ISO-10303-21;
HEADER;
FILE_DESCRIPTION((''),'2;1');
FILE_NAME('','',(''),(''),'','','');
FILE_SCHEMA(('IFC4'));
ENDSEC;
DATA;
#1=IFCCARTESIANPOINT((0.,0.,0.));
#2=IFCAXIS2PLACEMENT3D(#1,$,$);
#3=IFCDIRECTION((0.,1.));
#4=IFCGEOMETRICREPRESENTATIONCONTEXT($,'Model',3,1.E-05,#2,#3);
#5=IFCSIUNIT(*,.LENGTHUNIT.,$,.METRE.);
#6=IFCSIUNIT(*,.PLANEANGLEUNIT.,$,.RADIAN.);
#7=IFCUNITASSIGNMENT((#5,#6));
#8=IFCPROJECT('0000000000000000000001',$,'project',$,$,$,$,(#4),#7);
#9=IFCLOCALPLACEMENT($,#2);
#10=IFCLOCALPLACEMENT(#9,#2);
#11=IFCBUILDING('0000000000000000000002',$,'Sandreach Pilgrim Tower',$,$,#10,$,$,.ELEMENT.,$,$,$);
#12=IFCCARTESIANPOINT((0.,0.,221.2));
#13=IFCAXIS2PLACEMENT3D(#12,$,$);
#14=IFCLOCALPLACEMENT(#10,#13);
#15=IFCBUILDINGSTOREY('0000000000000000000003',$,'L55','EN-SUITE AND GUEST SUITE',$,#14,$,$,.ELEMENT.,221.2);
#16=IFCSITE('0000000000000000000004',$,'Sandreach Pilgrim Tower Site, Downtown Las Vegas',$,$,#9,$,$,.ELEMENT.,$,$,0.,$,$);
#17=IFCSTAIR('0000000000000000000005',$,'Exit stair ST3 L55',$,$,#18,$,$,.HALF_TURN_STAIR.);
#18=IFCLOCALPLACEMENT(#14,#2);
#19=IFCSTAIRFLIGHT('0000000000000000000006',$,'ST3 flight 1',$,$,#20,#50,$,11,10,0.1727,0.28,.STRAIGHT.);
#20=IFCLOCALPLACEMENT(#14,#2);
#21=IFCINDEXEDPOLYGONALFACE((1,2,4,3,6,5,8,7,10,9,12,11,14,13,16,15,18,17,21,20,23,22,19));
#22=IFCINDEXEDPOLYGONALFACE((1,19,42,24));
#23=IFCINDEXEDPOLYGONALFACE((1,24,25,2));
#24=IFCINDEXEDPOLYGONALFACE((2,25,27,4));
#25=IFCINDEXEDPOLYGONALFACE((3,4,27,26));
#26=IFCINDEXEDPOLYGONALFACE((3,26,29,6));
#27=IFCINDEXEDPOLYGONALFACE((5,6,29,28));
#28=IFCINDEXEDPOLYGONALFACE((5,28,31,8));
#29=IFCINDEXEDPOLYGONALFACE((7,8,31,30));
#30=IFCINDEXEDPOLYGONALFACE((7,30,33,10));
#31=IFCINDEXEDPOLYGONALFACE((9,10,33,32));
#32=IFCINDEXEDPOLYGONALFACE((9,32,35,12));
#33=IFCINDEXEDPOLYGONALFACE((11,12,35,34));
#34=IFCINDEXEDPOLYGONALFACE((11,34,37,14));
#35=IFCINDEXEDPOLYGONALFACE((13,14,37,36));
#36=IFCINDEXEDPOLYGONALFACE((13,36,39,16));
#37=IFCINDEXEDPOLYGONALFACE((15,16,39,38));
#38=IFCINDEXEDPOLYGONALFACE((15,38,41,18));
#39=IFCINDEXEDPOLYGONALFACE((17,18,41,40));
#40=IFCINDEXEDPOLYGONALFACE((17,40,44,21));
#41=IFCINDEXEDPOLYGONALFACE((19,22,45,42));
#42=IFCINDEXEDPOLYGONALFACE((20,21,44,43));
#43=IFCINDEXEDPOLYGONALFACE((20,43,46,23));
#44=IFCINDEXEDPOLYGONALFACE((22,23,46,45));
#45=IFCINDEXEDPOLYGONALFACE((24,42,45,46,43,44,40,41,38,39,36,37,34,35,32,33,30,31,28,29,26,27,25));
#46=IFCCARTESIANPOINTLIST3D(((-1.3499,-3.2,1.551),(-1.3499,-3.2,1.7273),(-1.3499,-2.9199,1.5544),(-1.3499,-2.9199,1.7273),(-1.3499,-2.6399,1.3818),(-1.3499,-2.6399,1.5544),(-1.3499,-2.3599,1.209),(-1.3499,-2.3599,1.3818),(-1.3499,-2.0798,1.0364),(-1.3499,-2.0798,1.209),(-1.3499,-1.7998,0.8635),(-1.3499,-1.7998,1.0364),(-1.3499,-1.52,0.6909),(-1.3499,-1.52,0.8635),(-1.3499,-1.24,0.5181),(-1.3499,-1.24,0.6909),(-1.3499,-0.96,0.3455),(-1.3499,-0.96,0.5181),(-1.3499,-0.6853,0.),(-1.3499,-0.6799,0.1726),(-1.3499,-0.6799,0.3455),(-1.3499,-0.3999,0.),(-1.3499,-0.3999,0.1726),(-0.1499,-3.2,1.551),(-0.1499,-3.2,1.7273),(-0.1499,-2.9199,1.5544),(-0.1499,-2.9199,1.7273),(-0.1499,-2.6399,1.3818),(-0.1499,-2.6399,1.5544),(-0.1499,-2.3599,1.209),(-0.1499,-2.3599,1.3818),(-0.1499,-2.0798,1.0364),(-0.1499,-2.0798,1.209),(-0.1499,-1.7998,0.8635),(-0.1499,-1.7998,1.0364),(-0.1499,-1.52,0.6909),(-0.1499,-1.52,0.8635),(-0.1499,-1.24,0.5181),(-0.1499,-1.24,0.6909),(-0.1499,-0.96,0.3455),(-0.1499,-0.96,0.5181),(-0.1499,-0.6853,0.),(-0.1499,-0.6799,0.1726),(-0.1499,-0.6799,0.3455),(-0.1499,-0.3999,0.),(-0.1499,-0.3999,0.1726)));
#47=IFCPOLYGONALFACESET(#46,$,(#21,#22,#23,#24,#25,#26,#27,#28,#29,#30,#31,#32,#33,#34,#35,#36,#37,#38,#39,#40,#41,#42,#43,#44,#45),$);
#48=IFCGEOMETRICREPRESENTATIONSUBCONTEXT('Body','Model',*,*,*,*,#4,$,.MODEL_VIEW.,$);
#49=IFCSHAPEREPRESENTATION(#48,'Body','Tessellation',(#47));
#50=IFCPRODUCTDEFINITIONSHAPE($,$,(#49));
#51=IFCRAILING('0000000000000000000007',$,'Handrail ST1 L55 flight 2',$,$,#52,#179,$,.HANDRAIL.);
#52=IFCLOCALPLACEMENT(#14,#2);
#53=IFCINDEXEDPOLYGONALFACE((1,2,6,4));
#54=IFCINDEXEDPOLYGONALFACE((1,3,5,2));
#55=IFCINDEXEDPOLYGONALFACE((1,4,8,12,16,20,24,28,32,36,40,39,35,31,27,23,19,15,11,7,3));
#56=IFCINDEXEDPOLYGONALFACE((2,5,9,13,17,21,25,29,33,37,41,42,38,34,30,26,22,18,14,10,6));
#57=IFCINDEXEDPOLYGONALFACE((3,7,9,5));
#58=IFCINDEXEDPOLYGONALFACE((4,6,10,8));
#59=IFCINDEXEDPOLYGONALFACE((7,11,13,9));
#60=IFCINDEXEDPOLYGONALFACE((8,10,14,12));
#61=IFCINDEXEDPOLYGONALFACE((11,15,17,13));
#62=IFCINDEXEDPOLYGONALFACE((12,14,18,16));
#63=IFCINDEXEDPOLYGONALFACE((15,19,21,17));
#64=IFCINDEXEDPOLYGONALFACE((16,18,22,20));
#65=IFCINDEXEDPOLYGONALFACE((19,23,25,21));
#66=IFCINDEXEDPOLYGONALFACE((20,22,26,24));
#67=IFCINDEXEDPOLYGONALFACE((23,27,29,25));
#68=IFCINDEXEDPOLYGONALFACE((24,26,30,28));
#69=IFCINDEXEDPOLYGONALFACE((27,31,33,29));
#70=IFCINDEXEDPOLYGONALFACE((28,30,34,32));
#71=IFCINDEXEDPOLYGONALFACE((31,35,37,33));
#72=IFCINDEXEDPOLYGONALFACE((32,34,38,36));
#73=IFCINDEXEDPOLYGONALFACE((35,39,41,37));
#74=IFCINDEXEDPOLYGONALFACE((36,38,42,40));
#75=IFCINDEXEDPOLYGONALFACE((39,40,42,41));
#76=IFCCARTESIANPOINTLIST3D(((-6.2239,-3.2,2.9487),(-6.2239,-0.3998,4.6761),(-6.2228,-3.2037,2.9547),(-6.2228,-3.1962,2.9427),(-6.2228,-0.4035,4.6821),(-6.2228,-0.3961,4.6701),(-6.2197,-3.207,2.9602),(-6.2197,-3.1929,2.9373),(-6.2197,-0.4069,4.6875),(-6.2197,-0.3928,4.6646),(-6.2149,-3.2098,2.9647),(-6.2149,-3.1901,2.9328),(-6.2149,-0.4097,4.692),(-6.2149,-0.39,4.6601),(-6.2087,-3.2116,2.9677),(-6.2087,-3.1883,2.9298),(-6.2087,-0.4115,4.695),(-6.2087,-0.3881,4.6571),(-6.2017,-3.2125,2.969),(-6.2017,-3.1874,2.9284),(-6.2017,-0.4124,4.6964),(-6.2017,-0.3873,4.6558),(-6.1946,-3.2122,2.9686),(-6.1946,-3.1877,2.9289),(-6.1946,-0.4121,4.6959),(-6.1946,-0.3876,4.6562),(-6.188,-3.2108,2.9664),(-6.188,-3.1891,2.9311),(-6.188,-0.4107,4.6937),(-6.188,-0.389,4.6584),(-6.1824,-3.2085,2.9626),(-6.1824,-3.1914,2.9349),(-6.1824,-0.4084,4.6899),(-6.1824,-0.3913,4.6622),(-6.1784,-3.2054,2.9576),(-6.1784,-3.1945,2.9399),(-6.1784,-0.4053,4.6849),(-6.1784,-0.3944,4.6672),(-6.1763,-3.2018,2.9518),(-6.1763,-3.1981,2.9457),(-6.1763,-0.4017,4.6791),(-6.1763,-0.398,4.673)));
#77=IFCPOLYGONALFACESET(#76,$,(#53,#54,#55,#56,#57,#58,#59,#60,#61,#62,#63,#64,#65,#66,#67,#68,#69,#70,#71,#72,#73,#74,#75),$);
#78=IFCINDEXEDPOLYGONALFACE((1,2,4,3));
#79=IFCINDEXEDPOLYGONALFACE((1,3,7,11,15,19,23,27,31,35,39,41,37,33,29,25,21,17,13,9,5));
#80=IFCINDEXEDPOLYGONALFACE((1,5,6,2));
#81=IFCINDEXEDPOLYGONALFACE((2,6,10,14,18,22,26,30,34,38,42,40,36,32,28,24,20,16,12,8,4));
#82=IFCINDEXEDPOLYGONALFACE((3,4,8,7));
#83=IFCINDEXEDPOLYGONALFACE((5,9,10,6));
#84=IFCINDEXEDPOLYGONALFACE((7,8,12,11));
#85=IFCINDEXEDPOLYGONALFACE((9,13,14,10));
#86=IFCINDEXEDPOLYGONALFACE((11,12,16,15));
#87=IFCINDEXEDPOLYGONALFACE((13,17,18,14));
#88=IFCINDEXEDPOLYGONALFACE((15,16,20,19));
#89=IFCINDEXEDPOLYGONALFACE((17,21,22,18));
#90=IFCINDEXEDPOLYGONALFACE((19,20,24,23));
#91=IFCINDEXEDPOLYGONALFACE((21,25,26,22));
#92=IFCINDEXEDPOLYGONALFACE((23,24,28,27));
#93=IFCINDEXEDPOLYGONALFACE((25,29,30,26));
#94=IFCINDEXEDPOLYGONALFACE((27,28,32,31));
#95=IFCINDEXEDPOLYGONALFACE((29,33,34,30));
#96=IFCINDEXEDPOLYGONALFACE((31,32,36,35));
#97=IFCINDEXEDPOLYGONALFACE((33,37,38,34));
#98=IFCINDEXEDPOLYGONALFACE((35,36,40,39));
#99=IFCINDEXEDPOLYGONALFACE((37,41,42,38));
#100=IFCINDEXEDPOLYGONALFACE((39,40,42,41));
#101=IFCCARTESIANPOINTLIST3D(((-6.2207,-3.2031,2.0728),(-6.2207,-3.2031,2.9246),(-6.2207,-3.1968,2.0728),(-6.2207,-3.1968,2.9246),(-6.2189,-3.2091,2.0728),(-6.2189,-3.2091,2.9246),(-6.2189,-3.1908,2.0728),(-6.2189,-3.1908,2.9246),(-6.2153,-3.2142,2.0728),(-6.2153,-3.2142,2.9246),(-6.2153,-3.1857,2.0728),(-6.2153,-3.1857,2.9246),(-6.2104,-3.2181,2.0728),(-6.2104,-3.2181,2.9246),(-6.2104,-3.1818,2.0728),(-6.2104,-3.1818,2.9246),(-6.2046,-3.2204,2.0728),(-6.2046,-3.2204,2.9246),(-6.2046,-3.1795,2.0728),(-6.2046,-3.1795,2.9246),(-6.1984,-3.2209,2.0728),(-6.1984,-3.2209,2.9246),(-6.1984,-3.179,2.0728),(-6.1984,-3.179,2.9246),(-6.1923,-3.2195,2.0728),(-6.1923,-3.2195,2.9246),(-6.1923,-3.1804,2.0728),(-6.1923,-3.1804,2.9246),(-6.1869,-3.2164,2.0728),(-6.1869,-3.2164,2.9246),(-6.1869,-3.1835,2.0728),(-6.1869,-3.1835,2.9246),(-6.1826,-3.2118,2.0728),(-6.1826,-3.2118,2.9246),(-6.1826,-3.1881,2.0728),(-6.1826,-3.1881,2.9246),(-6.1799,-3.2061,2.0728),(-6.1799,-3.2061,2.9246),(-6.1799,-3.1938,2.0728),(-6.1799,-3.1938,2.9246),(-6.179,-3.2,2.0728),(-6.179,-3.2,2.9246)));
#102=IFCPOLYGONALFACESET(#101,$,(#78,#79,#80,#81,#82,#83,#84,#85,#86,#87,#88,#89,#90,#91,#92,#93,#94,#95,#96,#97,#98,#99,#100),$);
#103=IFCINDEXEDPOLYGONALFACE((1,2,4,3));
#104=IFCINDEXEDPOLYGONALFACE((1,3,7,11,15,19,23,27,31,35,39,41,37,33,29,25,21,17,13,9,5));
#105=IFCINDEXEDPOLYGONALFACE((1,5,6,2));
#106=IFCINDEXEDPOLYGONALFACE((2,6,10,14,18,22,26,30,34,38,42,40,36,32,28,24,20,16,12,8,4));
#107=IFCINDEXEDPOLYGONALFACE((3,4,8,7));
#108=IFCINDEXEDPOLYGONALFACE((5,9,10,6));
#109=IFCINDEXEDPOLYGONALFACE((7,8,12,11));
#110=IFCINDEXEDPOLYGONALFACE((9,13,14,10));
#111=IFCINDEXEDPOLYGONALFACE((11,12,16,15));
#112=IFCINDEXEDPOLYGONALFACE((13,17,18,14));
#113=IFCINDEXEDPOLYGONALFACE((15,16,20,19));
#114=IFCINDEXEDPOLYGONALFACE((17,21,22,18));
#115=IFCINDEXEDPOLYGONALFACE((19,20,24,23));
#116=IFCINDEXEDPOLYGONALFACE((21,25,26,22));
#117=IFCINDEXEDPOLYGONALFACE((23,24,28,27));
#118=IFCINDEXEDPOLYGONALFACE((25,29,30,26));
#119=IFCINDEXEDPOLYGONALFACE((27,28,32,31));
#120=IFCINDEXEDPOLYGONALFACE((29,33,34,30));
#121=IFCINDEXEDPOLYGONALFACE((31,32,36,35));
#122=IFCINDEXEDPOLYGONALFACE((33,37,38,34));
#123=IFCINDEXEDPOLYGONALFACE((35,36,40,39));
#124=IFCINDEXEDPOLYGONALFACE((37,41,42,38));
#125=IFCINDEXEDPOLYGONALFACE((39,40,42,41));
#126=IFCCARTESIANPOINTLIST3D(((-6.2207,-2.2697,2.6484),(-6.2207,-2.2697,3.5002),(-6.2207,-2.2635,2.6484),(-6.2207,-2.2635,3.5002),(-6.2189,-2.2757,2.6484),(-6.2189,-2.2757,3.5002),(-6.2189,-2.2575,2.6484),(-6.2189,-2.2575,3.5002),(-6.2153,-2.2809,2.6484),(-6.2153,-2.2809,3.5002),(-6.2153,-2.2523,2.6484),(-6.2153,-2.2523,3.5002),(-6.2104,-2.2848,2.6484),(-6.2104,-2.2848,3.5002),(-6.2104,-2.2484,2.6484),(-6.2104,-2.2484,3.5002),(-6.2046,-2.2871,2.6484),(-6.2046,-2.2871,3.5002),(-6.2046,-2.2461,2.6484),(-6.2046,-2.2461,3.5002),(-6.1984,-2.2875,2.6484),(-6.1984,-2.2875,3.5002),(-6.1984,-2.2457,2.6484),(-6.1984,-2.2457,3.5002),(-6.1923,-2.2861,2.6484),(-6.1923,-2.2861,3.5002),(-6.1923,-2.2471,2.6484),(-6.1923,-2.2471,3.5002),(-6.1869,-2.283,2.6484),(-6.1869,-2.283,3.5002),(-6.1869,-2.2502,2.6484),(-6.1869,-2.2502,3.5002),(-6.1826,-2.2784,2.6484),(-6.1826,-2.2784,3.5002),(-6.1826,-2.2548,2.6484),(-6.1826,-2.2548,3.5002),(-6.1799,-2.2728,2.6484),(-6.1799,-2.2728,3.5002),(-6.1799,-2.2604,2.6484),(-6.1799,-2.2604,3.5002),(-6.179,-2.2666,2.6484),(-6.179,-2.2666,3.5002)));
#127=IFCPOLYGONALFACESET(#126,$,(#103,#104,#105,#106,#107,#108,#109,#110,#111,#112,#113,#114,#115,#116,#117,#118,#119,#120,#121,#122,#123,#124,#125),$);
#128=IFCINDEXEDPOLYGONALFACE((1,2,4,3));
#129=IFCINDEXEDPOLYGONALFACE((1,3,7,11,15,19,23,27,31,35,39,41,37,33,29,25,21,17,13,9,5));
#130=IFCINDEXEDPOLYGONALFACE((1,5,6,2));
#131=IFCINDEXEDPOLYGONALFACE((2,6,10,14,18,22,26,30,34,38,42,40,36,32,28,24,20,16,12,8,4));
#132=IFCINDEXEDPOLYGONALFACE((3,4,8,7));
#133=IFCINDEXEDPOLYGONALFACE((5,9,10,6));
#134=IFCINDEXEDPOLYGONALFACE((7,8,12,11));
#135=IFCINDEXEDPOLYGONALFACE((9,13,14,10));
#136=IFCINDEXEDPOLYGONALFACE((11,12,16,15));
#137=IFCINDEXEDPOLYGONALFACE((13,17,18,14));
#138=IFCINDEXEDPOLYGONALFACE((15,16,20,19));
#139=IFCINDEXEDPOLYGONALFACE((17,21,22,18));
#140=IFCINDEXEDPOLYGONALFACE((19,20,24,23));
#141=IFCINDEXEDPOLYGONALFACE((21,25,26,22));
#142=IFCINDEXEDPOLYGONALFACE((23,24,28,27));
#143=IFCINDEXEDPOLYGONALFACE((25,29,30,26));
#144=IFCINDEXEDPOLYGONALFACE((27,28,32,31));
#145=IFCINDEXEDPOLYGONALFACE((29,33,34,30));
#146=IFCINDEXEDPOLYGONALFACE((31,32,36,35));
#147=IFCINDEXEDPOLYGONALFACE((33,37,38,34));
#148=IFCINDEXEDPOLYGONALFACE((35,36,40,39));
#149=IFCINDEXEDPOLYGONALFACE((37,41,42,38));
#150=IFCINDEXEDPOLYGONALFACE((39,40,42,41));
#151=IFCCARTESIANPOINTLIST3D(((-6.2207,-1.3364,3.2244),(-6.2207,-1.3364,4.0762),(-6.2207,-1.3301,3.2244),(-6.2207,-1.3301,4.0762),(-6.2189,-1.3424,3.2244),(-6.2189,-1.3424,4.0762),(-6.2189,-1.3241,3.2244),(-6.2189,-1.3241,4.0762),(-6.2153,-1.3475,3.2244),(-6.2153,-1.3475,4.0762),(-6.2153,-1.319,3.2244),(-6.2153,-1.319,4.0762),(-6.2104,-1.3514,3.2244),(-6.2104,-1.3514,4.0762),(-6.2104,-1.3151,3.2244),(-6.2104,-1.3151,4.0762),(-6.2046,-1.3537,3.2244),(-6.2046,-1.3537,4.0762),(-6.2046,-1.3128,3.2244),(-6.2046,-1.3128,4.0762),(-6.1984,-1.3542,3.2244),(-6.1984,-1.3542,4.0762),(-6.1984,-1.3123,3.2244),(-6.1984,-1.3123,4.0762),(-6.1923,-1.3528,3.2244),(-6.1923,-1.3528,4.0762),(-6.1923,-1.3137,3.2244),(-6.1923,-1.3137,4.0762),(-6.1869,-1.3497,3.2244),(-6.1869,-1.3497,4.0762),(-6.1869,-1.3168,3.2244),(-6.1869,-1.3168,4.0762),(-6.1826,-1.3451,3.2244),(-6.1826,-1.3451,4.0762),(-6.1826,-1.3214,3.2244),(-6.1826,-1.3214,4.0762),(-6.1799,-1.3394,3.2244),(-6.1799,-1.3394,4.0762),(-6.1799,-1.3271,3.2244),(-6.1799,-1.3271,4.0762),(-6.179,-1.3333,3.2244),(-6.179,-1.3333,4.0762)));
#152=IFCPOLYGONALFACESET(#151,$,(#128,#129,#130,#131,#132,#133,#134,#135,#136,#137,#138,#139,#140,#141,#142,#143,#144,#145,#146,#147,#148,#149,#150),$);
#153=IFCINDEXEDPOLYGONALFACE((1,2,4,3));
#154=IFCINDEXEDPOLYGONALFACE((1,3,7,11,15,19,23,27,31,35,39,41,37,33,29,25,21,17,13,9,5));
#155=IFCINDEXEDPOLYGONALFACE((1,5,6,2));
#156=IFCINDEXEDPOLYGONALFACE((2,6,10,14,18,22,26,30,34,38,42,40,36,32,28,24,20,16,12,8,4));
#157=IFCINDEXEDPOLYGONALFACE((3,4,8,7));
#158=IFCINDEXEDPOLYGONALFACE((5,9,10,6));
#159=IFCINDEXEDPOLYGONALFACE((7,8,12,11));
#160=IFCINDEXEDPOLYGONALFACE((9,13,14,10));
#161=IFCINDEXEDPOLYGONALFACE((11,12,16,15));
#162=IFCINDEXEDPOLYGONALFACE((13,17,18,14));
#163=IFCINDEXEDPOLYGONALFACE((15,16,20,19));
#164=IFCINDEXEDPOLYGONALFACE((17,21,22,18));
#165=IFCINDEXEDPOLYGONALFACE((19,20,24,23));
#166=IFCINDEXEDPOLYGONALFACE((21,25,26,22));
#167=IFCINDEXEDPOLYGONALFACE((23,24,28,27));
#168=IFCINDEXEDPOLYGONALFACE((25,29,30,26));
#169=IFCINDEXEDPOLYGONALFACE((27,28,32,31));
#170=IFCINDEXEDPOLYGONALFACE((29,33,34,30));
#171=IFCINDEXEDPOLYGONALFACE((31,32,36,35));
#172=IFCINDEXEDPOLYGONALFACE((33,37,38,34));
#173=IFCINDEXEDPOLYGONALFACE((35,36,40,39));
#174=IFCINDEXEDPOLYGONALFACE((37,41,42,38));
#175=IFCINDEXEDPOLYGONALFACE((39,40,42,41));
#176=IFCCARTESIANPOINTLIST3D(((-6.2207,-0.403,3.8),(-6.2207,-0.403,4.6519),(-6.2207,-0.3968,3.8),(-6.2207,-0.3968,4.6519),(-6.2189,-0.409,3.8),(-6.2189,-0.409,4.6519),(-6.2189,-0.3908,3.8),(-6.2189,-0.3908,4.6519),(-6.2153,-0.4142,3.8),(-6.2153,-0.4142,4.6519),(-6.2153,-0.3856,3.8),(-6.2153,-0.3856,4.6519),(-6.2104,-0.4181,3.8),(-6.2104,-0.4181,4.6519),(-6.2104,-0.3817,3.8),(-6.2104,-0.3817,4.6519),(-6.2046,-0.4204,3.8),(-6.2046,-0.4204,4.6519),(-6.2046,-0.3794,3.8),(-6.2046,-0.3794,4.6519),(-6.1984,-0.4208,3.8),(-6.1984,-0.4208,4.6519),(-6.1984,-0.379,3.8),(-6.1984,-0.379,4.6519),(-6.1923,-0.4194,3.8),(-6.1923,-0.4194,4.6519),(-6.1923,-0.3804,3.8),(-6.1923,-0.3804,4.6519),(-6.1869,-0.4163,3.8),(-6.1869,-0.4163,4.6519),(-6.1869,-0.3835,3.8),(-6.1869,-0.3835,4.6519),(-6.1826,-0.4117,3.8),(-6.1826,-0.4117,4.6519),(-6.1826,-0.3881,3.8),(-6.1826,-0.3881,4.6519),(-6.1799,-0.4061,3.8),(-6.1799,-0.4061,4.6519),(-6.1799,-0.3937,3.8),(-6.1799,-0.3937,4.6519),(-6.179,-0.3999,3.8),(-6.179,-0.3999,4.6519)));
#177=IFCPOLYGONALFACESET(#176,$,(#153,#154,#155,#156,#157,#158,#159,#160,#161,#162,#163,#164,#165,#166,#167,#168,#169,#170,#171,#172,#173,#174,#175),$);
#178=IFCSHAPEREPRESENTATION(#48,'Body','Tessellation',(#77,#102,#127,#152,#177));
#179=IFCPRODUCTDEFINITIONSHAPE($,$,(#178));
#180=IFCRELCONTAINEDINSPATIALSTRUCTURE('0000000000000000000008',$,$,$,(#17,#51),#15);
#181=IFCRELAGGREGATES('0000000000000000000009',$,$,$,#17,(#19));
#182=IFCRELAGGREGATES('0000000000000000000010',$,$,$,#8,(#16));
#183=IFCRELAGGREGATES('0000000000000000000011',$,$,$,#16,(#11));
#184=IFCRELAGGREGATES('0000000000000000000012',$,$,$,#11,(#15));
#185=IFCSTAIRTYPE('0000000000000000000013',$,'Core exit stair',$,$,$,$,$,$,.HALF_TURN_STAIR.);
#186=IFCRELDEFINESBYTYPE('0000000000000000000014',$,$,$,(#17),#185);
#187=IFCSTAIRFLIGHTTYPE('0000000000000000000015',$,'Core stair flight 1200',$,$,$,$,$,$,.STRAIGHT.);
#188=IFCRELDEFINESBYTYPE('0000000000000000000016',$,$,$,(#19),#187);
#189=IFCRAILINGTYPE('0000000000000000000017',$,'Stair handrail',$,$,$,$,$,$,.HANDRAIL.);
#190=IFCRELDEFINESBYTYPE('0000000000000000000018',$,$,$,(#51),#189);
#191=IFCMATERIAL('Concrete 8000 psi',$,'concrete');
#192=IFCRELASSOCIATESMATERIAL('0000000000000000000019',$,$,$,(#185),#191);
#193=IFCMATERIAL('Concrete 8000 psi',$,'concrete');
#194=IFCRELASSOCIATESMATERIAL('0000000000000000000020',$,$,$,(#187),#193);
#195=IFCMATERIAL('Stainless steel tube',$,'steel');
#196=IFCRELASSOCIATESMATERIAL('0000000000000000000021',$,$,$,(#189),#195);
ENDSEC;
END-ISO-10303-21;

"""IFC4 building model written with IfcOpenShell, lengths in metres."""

from ifc_helpers import new_model, si_unit, direction, frame, origin, origin_2d, place, context, subcontext, project, spatial, polyline, circle, outline, extrude, material, type_object, element, aggregate, save


model = new_model("IFC4")

# Units and contexts
model_context = context("Model", 3, precision=1e-05, world=origin(), true_north=direction((0.0, 1.0)))
body_context = subcontext(model_context, "Body", "Model", "MODEL_VIEW")
ifc_project = project(units=[si_unit("LENGTHUNIT", "METRE"), si_unit("PLANEANGLEUNIT", "RADIAN")], contexts=[model_context])

# Site, building, storey
site_placement = place(None, origin())
site = spatial("IfcSite", under=ifc_project, at=site_placement, Name="Sandreach Pilgrim Tower Site, Downtown Las Vegas", CompositionType="ELEMENT", RefElevation=0.0)
building_placement = place(site_placement, origin())
building = spatial("IfcBuilding", under=site, at=building_placement, Name="Sandreach Pilgrim Tower", CompositionType="ELEMENT")
storey_placement = place(building_placement, frame((0.0, 0.0, 221.2)))
storey = spatial("IfcBuildingStorey", under=building, at=storey_placement, Name="L55", Description="EN-SUITE AND GUEST SUITE", CompositionType="ELEMENT", Elevation=221.2)

# Stair, stair flight
ifc_material_1 = material(Name="Concrete 8000 psi", Category="concrete")
stair_type = type_object("IfcStairType", Name="Core exit stair", PredefinedType="HALF_TURN_STAIR", material=ifc_material_1)
ifc_material_2 = material(Name="Concrete 8000 psi", Category="concrete")
stair_flight_type = type_object("IfcStairFlightType", Name="Core stair flight 1200", PredefinedType="STRAIGHT", material=ifc_material_2)
stair_1_placement = place(storey_placement, origin())
stair_1 = element("IfcStair", 1, at=stair_1_placement, inside=storey, type_object=stair_type, Name="Exit stair ST3 L55", PredefinedType="HALF_TURN_STAIR")
stair_flight_1_placement = place(storey_placement, frame((-0.75, -0.3999, 0.0), z_axis=(0.0, 0.0, 1.0), x_axis=(0.0, -1.0, 0.0)))
stair_flight_1 = element("IfcStairFlight", 2, at=stair_flight_1_placement, type_object=stair_flight_type, Name="ST3 flight 1", NumberOfRisers=11, NumberOfTreads=10, PredefinedType="STRAIGHT", RiserHeight=0.1727, TreadLength=0.28, context=body_context, shape_type="SweptSolid", body=[
    extrude(outline(polyline([(0.0, 0.0), (0.0, 0.1726), (0.28, 0.1726), (0.28, 0.3455), (0.5601, 0.3455), (0.5601, 0.5181), (0.8401, 0.5181), (0.8401, 0.6909), (1.1201, 0.6909), (1.1201, 0.8635), (1.3999, 0.8635), (1.3999, 1.0364), (1.6799, 1.0364), (1.6799, 1.209), (1.96, 1.209), (1.96, 1.3818), (2.24, 1.3818), (2.24, 1.5544), (2.52, 1.5544), (2.52, 1.7273), (2.8, 1.7273), (2.8, 1.8999), (2.8, 1.551), (0.2854, 0.0), (0.0, 0.0)])), frame((0.0, 0.6001, 0.0), z_axis=(0.0, -1.0, 0.0), x_axis=(1.0, 0.0, 0.0)), (0.0, 0.0, 1.0), 1.2),
])
aggregate(stair_1, [stair_flight_1])

# Railing
ifc_material_3 = material(Name="Stainless steel tube", Category="steel")
railing_type = type_object("IfcRailingType", Name="Stair handrail", PredefinedType="HANDRAIL", material=ifc_material_3)
for number, where, name in (
    (3, (-6.2, -3.2, 2.0728), "Handrail ST1 L55 flight 2"),
):
    element("IfcRailing", number, at=place(storey_placement, frame(where)), inside=storey, type_object=railing_type, Name=name, PredefinedType="HANDRAIL", context=body_context, shape_type="SweptSolid", body=[
        extrude(circle(Radius=0.0239, at=origin_2d()), frame((0.0, 0.0, 0.876), z_axis=(0.0, 0.85109, 0.52502), x_axis=(-1.0, 0.0, 0.0)), (0.0, 0.0, 1.0), 3.29),
        extrude(circle(Radius=0.021, at=origin_2d()), origin(), (0.0, 0.0, 1.0), 0.8518),
        extrude(circle(Radius=0.021, at=origin_2d()), frame((0.0, 0.9333, 0.5757)), (0.0, 0.0, 1.0), 0.8518),
        extrude(circle(Radius=0.021, at=origin_2d()), frame((0.0, 1.8667, 1.1516)), (0.0, 0.0, 1.0), 0.8518),
        extrude(circle(Radius=0.021, at=origin_2d()), frame((0.0, 2.8, 1.7273)), (0.0, 0.0, 1.0), 0.8518),
    ])

save(model, "model.ifc")
